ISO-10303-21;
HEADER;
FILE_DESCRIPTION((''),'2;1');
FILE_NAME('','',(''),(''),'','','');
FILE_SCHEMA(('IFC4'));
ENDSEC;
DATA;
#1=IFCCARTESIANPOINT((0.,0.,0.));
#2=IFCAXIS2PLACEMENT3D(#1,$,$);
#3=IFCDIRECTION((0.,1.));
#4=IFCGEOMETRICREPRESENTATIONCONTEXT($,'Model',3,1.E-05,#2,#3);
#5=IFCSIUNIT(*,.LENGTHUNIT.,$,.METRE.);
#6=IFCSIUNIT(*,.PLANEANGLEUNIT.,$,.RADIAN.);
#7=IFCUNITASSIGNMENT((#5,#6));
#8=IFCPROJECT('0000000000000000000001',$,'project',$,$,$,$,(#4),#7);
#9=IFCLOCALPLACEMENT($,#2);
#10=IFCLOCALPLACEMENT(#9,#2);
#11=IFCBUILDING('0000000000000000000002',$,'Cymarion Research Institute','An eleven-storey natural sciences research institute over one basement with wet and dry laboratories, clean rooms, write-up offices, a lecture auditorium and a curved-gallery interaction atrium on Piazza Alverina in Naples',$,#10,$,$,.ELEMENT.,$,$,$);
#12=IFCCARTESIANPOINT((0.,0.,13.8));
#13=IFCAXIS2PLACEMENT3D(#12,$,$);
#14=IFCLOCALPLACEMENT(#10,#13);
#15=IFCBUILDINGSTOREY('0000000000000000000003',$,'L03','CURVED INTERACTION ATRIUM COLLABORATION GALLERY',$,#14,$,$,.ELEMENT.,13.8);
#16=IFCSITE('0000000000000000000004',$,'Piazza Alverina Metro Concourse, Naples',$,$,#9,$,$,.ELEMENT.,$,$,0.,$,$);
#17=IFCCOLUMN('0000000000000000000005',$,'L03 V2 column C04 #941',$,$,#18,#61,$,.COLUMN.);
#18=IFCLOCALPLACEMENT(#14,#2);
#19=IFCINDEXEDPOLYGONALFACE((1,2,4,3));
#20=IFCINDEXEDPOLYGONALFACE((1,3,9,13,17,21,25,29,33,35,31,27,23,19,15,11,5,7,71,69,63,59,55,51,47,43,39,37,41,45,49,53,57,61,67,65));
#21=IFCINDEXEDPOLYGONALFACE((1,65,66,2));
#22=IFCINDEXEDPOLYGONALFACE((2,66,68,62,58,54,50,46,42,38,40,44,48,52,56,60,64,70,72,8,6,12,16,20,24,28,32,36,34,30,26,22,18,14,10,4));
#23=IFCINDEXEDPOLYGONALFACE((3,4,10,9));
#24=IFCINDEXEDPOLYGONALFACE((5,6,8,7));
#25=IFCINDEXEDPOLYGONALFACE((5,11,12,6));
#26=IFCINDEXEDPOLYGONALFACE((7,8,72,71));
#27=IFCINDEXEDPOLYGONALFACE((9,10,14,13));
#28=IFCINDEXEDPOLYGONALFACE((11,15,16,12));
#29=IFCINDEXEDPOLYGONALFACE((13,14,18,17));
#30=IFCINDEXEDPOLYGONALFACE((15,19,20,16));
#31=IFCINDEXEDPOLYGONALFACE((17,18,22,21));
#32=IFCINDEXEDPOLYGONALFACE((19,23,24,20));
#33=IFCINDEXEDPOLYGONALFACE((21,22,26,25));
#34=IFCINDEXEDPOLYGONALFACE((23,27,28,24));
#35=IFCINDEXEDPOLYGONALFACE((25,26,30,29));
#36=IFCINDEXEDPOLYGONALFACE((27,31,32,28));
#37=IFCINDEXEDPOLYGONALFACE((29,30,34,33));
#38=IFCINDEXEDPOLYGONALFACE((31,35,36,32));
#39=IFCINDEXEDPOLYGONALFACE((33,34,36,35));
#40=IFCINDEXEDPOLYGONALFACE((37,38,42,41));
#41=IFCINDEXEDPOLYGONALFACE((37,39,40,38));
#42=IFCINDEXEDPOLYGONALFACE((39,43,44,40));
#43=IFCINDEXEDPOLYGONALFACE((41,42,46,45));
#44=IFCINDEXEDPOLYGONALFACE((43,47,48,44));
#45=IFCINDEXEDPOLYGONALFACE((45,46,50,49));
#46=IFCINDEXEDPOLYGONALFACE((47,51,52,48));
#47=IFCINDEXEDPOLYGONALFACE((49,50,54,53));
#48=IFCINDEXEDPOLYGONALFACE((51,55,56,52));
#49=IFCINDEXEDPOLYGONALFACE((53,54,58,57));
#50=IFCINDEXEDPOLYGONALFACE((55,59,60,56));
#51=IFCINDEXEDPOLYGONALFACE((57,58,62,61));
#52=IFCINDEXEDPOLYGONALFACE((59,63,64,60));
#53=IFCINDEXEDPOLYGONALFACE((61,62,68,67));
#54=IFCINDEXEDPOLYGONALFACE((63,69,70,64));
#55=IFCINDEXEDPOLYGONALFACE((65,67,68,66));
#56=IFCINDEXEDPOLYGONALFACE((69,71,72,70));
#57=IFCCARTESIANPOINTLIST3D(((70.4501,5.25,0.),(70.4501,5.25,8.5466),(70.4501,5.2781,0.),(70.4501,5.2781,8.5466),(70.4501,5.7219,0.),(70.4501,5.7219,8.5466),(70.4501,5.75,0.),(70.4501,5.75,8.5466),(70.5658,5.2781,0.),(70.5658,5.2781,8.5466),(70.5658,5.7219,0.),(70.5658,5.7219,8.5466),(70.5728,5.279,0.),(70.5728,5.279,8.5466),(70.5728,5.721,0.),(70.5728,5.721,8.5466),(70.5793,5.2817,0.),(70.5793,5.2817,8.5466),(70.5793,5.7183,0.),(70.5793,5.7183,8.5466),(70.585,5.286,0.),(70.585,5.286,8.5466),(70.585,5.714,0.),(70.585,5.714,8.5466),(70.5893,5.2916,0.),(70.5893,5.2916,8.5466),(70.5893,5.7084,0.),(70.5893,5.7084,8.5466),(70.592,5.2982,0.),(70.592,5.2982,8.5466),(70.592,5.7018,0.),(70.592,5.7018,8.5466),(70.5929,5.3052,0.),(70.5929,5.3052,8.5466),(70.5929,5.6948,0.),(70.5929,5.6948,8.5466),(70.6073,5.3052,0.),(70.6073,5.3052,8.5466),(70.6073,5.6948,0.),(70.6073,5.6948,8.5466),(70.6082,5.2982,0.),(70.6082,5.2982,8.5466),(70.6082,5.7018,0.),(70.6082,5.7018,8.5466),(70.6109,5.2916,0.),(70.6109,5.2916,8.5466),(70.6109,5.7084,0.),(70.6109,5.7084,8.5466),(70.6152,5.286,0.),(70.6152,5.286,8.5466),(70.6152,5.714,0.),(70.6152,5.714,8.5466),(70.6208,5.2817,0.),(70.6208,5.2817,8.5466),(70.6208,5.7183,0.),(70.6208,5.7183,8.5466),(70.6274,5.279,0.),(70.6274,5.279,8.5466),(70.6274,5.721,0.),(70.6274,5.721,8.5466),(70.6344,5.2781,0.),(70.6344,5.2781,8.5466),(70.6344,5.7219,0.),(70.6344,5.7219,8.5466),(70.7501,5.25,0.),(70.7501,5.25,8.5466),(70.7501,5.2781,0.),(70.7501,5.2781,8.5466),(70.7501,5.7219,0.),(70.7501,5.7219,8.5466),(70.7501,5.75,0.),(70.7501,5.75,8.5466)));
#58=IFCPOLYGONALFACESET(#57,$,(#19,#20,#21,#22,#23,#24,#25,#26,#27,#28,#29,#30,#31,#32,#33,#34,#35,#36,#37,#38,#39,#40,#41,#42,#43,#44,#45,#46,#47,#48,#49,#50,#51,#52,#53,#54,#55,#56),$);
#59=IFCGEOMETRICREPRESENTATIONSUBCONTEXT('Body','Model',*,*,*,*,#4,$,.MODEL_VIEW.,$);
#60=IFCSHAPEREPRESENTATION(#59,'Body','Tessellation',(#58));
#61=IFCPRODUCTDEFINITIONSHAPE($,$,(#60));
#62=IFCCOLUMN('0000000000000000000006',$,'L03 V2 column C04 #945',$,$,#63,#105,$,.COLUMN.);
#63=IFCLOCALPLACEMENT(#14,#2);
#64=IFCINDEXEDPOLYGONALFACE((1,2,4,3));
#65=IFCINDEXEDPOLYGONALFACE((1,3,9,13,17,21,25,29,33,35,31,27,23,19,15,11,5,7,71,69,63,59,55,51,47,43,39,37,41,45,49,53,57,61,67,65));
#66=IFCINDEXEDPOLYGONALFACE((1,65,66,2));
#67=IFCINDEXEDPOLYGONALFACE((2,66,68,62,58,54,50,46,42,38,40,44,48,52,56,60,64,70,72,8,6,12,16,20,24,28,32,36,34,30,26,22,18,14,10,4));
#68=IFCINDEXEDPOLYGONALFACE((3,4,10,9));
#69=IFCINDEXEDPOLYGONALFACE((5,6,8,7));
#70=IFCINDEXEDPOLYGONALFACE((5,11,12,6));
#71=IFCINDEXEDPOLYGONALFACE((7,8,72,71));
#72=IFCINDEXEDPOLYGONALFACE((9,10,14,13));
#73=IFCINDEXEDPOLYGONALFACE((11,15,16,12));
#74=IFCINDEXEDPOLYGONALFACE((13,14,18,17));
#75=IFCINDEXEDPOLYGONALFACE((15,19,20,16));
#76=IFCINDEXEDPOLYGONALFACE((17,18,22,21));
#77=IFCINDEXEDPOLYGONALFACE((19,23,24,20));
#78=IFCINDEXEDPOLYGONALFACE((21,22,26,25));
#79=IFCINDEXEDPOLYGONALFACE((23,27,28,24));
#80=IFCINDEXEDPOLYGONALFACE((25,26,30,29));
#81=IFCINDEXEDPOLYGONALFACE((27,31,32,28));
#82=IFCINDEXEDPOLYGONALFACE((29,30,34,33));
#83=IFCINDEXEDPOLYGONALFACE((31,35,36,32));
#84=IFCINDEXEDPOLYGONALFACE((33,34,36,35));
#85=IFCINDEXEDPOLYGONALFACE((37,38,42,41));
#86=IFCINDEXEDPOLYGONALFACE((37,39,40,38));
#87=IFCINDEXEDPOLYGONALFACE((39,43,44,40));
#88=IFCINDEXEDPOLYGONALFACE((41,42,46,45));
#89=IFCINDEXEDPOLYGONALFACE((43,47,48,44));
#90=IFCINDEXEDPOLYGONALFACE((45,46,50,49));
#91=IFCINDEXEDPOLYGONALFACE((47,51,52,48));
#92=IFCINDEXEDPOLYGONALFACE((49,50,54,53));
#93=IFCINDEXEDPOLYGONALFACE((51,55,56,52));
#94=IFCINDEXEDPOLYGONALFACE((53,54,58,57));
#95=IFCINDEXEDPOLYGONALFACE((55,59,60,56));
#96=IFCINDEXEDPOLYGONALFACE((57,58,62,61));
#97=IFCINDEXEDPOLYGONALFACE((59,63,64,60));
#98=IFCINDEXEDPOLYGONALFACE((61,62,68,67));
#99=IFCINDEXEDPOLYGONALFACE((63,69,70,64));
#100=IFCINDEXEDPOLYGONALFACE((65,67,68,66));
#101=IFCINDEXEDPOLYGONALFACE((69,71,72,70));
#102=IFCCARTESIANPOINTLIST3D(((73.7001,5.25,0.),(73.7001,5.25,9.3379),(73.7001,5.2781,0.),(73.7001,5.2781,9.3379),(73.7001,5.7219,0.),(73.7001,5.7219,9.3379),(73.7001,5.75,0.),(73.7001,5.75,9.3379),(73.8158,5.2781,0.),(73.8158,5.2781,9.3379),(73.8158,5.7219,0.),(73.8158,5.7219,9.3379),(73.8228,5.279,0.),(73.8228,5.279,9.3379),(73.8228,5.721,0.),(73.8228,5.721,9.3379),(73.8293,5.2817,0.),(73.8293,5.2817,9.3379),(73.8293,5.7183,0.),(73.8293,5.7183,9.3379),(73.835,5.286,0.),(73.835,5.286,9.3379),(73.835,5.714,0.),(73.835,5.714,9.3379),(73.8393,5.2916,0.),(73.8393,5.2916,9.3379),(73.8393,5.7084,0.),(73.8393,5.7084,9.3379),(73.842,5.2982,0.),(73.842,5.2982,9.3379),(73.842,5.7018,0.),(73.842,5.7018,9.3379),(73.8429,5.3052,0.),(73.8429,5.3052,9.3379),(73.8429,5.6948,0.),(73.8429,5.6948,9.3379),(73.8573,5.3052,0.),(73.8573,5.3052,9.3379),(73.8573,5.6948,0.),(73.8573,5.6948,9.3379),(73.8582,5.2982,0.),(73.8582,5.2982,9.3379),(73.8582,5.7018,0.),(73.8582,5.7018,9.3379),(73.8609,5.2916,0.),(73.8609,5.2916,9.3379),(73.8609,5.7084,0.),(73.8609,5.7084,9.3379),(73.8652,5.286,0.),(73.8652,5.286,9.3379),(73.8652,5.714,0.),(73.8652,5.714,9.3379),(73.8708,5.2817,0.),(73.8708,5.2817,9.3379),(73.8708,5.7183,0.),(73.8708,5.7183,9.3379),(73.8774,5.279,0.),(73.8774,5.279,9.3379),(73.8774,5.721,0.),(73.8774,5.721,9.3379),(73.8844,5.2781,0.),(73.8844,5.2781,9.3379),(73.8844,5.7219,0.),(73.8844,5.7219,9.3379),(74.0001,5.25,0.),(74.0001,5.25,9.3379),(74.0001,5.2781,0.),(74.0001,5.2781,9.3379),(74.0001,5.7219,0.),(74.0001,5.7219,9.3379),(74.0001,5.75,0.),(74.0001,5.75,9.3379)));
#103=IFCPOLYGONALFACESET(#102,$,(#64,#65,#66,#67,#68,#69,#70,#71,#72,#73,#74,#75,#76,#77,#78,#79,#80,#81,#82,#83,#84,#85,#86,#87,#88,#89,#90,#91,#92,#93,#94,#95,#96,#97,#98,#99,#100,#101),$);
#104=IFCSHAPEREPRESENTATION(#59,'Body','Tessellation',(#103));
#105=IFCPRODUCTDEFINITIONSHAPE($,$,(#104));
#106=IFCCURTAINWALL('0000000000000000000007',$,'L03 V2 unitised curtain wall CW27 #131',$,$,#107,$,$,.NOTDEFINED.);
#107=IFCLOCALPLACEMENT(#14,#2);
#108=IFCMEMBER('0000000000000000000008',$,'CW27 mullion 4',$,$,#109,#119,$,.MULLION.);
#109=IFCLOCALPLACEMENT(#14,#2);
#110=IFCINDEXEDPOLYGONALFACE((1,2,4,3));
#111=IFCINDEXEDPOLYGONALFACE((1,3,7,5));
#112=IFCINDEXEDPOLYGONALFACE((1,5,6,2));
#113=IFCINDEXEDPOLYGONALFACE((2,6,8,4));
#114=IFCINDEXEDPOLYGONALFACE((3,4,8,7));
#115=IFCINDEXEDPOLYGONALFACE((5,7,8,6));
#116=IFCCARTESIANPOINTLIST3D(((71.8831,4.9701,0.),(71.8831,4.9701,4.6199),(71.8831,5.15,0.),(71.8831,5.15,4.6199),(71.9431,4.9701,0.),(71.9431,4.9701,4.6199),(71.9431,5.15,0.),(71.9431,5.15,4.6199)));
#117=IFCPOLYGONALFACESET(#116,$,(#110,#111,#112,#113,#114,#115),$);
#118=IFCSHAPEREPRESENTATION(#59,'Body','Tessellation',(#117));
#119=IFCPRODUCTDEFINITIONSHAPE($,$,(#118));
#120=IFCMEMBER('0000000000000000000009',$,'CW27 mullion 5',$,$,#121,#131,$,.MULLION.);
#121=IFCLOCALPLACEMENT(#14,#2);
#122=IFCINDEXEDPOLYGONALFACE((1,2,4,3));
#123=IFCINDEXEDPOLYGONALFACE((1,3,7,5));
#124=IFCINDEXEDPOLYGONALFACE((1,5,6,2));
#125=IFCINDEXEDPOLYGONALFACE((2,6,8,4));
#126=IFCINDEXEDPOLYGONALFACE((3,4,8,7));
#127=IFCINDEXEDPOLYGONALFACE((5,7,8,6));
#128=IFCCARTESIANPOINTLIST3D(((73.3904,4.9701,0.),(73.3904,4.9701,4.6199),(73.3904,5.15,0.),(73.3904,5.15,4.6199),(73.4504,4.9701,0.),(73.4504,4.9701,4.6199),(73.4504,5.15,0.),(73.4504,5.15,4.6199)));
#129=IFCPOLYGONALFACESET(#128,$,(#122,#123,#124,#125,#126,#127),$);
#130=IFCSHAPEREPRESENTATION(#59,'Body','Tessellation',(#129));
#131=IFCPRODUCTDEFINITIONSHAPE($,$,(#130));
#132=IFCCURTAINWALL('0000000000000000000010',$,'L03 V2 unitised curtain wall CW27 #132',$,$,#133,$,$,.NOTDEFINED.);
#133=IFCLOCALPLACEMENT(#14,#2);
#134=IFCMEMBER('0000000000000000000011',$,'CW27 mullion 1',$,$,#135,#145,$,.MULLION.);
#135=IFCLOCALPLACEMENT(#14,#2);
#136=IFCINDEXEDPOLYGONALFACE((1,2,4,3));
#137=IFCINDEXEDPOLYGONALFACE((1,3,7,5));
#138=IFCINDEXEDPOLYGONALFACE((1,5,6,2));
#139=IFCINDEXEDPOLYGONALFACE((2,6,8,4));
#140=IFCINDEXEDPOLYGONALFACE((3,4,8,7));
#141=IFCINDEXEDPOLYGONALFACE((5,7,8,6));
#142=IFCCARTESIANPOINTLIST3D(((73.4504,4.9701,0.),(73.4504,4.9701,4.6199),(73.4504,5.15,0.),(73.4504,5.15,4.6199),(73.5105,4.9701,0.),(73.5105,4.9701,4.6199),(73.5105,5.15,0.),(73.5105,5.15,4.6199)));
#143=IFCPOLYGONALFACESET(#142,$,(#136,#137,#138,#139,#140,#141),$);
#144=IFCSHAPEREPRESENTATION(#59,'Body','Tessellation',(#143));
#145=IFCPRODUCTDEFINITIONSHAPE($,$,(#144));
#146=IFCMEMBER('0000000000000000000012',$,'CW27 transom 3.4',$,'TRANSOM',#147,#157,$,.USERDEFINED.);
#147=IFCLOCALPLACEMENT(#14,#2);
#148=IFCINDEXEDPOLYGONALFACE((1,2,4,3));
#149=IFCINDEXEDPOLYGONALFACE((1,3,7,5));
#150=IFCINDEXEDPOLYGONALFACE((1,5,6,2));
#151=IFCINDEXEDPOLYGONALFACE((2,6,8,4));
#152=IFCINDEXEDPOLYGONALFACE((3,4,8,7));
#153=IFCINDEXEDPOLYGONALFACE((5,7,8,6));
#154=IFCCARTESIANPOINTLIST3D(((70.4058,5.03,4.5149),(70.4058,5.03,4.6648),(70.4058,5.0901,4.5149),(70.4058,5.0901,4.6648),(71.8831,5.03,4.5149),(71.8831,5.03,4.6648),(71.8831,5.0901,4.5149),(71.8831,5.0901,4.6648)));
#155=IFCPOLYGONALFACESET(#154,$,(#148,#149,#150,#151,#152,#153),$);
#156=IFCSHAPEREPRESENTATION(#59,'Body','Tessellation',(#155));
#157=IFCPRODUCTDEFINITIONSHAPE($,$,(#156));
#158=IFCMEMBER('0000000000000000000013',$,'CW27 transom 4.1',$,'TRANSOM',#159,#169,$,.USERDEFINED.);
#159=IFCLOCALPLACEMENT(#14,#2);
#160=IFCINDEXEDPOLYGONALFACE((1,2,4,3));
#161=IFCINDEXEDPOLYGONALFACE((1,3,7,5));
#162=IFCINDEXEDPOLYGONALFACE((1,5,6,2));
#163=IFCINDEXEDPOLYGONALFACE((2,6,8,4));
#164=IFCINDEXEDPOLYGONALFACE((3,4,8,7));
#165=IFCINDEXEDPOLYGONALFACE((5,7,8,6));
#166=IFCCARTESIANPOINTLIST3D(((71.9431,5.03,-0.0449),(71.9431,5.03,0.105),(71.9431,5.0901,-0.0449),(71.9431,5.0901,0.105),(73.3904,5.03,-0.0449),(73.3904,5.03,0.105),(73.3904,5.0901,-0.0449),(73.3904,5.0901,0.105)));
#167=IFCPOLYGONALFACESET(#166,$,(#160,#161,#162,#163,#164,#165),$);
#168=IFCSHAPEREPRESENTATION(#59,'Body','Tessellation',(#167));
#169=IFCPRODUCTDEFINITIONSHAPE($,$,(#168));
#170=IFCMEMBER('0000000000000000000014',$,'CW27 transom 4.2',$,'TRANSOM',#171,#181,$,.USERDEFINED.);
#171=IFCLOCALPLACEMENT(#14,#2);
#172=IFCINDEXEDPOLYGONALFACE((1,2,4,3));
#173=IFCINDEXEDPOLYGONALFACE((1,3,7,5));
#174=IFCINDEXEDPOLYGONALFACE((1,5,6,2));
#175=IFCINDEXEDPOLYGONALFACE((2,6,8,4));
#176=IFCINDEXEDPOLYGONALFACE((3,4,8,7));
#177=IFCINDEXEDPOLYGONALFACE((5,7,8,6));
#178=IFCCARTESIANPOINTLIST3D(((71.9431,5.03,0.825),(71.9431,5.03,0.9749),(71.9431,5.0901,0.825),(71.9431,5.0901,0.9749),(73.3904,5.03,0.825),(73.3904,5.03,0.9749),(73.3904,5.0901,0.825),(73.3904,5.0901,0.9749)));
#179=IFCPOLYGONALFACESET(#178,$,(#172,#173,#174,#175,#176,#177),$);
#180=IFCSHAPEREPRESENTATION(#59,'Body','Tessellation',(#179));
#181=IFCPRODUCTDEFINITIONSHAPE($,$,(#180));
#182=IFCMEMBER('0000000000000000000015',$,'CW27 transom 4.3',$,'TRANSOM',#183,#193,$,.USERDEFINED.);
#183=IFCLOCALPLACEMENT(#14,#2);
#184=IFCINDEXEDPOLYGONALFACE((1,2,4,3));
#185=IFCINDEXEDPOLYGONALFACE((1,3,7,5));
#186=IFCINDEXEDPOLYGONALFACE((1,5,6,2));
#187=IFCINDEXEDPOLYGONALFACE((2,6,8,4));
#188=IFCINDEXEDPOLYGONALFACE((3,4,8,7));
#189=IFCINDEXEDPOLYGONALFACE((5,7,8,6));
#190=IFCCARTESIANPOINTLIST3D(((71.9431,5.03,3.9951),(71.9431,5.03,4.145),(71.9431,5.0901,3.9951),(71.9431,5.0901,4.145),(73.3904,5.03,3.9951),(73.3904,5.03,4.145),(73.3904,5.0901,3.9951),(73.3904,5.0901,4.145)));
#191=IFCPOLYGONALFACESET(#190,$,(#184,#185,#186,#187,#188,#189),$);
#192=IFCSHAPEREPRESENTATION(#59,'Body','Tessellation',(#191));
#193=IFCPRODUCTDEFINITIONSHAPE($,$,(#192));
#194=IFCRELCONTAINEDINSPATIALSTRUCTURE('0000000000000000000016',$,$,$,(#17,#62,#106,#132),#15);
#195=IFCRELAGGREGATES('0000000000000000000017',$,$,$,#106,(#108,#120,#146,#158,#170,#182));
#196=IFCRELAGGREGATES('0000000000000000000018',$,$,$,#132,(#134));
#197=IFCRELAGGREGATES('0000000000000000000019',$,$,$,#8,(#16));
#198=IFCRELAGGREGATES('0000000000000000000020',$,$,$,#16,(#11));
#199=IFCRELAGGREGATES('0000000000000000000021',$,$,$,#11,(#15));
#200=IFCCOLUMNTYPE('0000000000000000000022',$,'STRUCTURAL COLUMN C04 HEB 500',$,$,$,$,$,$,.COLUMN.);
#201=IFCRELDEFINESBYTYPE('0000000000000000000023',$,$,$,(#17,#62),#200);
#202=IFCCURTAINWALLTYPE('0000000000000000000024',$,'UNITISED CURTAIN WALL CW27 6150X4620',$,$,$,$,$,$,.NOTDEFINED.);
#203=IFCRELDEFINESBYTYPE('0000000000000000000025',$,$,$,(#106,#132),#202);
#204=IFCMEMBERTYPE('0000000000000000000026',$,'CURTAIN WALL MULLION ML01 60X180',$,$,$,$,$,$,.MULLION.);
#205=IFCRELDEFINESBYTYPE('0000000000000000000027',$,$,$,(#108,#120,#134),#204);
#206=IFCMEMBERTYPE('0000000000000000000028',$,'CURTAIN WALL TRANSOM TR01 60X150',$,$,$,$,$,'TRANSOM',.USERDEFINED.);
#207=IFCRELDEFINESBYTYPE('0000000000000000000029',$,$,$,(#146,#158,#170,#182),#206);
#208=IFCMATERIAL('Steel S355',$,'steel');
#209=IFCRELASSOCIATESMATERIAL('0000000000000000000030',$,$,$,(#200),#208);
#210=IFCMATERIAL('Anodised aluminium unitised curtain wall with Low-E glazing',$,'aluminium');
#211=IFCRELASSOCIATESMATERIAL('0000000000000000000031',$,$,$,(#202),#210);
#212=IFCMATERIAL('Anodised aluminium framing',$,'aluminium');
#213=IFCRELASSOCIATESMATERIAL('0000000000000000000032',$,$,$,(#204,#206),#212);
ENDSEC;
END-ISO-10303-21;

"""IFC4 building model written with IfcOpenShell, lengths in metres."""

from ifc_helpers import new_model, si_unit, direction, frame, origin, origin_2d, place, context, subcontext, project, spatial, rectangle, i_section, extrude, material, material_profile, profile_set, type_object, element, aggregate, save


model = new_model("IFC4")

# Units and contexts
model_context = context("Model", 3, precision=1e-05, world=origin(), true_north=direction((0.0, 1.0)))
body_context = subcontext(model_context, "Body", "Model", "MODEL_VIEW")
ifc_project = project(units=[si_unit("LENGTHUNIT", "METRE"), si_unit("PLANEANGLEUNIT", "RADIAN")], contexts=[model_context])

# Site, building, storey
site_placement = place(None, origin())
site = spatial("IfcSite", under=ifc_project, at=site_placement, Name="Piazza Alverina Metro Concourse, Naples", CompositionType="ELEMENT", RefElevation=0.0)
building_placement = place(site_placement, origin())
building = spatial("IfcBuilding", under=site, at=building_placement, Name="Cymarion Research Institute", Description="An eleven-storey natural sciences research institute over one basement with wet and dry laboratories, clean rooms, write-up offices, a lecture auditorium and a curved-gallery interaction atrium on Piazza Alverina in Naples", CompositionType="ELEMENT")
storey_placement = place(building_placement, frame((0.0, 0.0, 13.8)))
storey = spatial("IfcBuildingStorey", under=building, at=storey_placement, Name="L03", Description="CURVED INTERACTION ATRIUM COLLABORATION GALLERY", CompositionType="ELEMENT", Elevation=13.8)

# Columns
ifc_material_1 = material(Name="Steel S355", Category="steel")
ifc_material_profile_1 = material_profile(ifc_material_1, i_section(OverallWidth=0.3, OverallDepth=0.5, WebThickness=0.0144, FlangeThickness=0.0281, FilletRadius=0.0271, at=origin_2d()), Name="HEB 500")
ifc_profile_set_1 = profile_set([ifc_material_profile_1], Name="Steel S355")
column_type = type_object("IfcColumnType", Name="STRUCTURAL COLUMN C04 HEB 500", PredefinedType="COLUMN", material=ifc_profile_set_1)
column_1_placement = place(storey_placement, frame((70.6001, 5.5, 0.0), z_axis=(0.0, 0.0, 1.0), x_axis=(1.0, 0.0, 0.0)))
element("IfcColumn", 1, at=column_1_placement, inside=storey, type_object=column_type, Name="L03 V2 column C04 #941", PredefinedType="COLUMN", context=body_context, shape_type="SweptSolid", body=[
    extrude(i_section(OverallWidth=0.3, OverallDepth=0.5, WebThickness=0.0144, FlangeThickness=0.0281, FilletRadius=0.0271, at=origin_2d()), origin(), (0.0, 0.0, 1.0), 8.5466),
])
column_2_placement = place(storey_placement, frame((73.8501, 5.5, 0.0), z_axis=(0.0, 0.0, 1.0), x_axis=(1.0, 0.0, 0.0)))
element("IfcColumn", 2, at=column_2_placement, inside=storey, type_object=column_type, Name="L03 V2 column C04 #945", PredefinedType="COLUMN", context=body_context, shape_type="SweptSolid", body=[
    extrude(i_section(OverallWidth=0.3, OverallDepth=0.5, WebThickness=0.0144, FlangeThickness=0.0281, FilletRadius=0.0271, at=origin_2d()), origin(), (0.0, 0.0, 1.0), 9.3379),
])

# Curtain wall, members
ifc_material_2 = material(Name="Anodised aluminium unitised curtain wall with Low-E glazing", Category="aluminium")
curtain_wall_type = type_object("IfcCurtainWallType", Name="UNITISED CURTAIN WALL CW27 6150X4620", PredefinedType="NOTDEFINED", material=ifc_material_2)
curtain_wall_1_placement = place(storey_placement, origin())
curtain_wall_1 = element("IfcCurtainWall", 3, at=curtain_wall_1_placement, inside=storey, type_object=curtain_wall_type, Name="L03 V2 unitised curtain wall CW27 #131", PredefinedType="NOTDEFINED")
ifc_material_3 = material(Name="Anodised aluminium framing", Category="aluminium")
ifc_material_profile_2 = material_profile(ifc_material_3, rectangle(XDim=0.0601, YDim=0.1799, at=origin_2d()), Name="ALU MULLION 60x180")
ifc_profile_set_2 = profile_set([ifc_material_profile_2], Name="Anodised aluminium framing")
member_type_1 = type_object("IfcMemberType", Name="CURTAIN WALL MULLION ML01 60X180", PredefinedType="MULLION", material=ifc_profile_set_2)
member_1_placement = place(storey_placement, frame((71.9131, 5.0601, 0.0), z_axis=(0.0, 0.0, 1.0), x_axis=(1.0, 0.0, 0.0)))
member_1 = element("IfcMember", 4, at=member_1_placement, type_object=member_type_1, Name="CW27 mullion 4", PredefinedType="MULLION", context=body_context, shape_type="SweptSolid", body=[
    extrude(rectangle(XDim=0.0601, YDim=0.1799, at=origin_2d()), origin(), (0.0, 0.0, 1.0), 4.6199),
])
member_2_placement = place(storey_placement, frame((73.4204, 5.0601, 0.0), z_axis=(0.0, 0.0, 1.0), x_axis=(1.0, 0.0, 0.0)))
member_2 = element("IfcMember", 5, at=member_2_placement, type_object=member_type_1, Name="CW27 mullion 5", PredefinedType="MULLION", context=body_context, shape_type="SweptSolid", body=[
    extrude(rectangle(XDim=0.0601, YDim=0.1799, at=origin_2d()), origin(), (0.0, 0.0, 1.0), 4.6199),
])

# Curtain wall, member
curtain_wall_2_placement = place(storey_placement, origin())
curtain_wall_2 = element("IfcCurtainWall", 6, at=curtain_wall_2_placement, inside=storey, type_object=curtain_wall_type, Name="L03 V2 unitised curtain wall CW27 #132", PredefinedType="NOTDEFINED")
member_3_placement = place(storey_placement, frame((73.4805, 5.0601, 0.0), z_axis=(0.0, 0.0, 1.0), x_axis=(1.0, 0.0, 0.0)))
member_3 = element("IfcMember", 7, at=member_3_placement, type_object=member_type_1, Name="CW27 mullion 1", PredefinedType="MULLION", context=body_context, shape_type="SweptSolid", body=[
    extrude(rectangle(XDim=0.0601, YDim=0.1799, at=origin_2d()), origin(), (0.0, 0.0, 1.0), 4.6199),
])

# Members
ifc_material_profile_3 = material_profile(ifc_material_3, rectangle(XDim=0.0601, YDim=0.1499, at=origin_2d()), Name="ALU TRANSOM 60x150")
ifc_profile_set_3 = profile_set([ifc_material_profile_3], Name="Anodised aluminium framing")
member_type_2 = type_object("IfcMemberType", Name="CURTAIN WALL TRANSOM TR01 60X150", ElementType="TRANSOM", PredefinedType="USERDEFINED", material=ifc_profile_set_3)
member_4_placement = place(storey_placement, frame((70.4058, 5.0601, 4.5898), z_axis=(1.0, 0.0, 0.0), x_axis=(0.0, 1.0, 0.0)))
member_4 = element("IfcMember", 8, at=member_4_placement, type_object=member_type_2, Name="CW27 transom 3.4", ObjectType="TRANSOM", PredefinedType="USERDEFINED", context=body_context, shape_type="SweptSolid", body=[
    extrude(rectangle(XDim=0.0601, YDim=0.1499, at=origin_2d()), origin(), (0.0, 0.0, 1.0), 1.4773),
])
member_5_placement = place(storey_placement, frame((71.9431, 5.0601, 0.03), z_axis=(1.0, 0.0, 0.0), x_axis=(0.0, 1.0, 0.0)))
member_5 = element("IfcMember", 9, at=member_5_placement, type_object=member_type_2, Name="CW27 transom 4.1", ObjectType="TRANSOM", PredefinedType="USERDEFINED", context=body_context, shape_type="SweptSolid", body=[
    extrude(rectangle(XDim=0.0601, YDim=0.1499, at=origin_2d()), origin(), (0.0, 0.0, 1.0), 1.4473),
])
member_6_placement = place(storey_placement, frame((71.9431, 5.0601, 0.8999), z_axis=(1.0, 0.0, 0.0), x_axis=(0.0, 1.0, 0.0)))
member_6 = element("IfcMember", 10, at=member_6_placement, type_object=member_type_2, Name="CW27 transom 4.2", ObjectType="TRANSOM", PredefinedType="USERDEFINED", context=body_context, shape_type="SweptSolid", body=[
    extrude(rectangle(XDim=0.0601, YDim=0.1499, at=origin_2d()), origin(), (0.0, 0.0, 1.0), 1.4473),
])
member_7_placement = place(storey_placement, frame((71.9431, 5.0601, 4.0701), z_axis=(1.0, 0.0, 0.0), x_axis=(0.0, 1.0, 0.0)))
member_7 = element("IfcMember", 11, at=member_7_placement, type_object=member_type_2, Name="CW27 transom 4.3", ObjectType="TRANSOM", PredefinedType="USERDEFINED", context=body_context, shape_type="SweptSolid", body=[
    extrude(rectangle(XDim=0.0601, YDim=0.1499, at=origin_2d()), origin(), (0.0, 0.0, 1.0), 1.4473),
])

aggregate(curtain_wall_1, [member_1, member_2, member_4, member_5, member_6, member_7])
aggregate(curtain_wall_2, [member_3])

save(model, "model.ifc")
